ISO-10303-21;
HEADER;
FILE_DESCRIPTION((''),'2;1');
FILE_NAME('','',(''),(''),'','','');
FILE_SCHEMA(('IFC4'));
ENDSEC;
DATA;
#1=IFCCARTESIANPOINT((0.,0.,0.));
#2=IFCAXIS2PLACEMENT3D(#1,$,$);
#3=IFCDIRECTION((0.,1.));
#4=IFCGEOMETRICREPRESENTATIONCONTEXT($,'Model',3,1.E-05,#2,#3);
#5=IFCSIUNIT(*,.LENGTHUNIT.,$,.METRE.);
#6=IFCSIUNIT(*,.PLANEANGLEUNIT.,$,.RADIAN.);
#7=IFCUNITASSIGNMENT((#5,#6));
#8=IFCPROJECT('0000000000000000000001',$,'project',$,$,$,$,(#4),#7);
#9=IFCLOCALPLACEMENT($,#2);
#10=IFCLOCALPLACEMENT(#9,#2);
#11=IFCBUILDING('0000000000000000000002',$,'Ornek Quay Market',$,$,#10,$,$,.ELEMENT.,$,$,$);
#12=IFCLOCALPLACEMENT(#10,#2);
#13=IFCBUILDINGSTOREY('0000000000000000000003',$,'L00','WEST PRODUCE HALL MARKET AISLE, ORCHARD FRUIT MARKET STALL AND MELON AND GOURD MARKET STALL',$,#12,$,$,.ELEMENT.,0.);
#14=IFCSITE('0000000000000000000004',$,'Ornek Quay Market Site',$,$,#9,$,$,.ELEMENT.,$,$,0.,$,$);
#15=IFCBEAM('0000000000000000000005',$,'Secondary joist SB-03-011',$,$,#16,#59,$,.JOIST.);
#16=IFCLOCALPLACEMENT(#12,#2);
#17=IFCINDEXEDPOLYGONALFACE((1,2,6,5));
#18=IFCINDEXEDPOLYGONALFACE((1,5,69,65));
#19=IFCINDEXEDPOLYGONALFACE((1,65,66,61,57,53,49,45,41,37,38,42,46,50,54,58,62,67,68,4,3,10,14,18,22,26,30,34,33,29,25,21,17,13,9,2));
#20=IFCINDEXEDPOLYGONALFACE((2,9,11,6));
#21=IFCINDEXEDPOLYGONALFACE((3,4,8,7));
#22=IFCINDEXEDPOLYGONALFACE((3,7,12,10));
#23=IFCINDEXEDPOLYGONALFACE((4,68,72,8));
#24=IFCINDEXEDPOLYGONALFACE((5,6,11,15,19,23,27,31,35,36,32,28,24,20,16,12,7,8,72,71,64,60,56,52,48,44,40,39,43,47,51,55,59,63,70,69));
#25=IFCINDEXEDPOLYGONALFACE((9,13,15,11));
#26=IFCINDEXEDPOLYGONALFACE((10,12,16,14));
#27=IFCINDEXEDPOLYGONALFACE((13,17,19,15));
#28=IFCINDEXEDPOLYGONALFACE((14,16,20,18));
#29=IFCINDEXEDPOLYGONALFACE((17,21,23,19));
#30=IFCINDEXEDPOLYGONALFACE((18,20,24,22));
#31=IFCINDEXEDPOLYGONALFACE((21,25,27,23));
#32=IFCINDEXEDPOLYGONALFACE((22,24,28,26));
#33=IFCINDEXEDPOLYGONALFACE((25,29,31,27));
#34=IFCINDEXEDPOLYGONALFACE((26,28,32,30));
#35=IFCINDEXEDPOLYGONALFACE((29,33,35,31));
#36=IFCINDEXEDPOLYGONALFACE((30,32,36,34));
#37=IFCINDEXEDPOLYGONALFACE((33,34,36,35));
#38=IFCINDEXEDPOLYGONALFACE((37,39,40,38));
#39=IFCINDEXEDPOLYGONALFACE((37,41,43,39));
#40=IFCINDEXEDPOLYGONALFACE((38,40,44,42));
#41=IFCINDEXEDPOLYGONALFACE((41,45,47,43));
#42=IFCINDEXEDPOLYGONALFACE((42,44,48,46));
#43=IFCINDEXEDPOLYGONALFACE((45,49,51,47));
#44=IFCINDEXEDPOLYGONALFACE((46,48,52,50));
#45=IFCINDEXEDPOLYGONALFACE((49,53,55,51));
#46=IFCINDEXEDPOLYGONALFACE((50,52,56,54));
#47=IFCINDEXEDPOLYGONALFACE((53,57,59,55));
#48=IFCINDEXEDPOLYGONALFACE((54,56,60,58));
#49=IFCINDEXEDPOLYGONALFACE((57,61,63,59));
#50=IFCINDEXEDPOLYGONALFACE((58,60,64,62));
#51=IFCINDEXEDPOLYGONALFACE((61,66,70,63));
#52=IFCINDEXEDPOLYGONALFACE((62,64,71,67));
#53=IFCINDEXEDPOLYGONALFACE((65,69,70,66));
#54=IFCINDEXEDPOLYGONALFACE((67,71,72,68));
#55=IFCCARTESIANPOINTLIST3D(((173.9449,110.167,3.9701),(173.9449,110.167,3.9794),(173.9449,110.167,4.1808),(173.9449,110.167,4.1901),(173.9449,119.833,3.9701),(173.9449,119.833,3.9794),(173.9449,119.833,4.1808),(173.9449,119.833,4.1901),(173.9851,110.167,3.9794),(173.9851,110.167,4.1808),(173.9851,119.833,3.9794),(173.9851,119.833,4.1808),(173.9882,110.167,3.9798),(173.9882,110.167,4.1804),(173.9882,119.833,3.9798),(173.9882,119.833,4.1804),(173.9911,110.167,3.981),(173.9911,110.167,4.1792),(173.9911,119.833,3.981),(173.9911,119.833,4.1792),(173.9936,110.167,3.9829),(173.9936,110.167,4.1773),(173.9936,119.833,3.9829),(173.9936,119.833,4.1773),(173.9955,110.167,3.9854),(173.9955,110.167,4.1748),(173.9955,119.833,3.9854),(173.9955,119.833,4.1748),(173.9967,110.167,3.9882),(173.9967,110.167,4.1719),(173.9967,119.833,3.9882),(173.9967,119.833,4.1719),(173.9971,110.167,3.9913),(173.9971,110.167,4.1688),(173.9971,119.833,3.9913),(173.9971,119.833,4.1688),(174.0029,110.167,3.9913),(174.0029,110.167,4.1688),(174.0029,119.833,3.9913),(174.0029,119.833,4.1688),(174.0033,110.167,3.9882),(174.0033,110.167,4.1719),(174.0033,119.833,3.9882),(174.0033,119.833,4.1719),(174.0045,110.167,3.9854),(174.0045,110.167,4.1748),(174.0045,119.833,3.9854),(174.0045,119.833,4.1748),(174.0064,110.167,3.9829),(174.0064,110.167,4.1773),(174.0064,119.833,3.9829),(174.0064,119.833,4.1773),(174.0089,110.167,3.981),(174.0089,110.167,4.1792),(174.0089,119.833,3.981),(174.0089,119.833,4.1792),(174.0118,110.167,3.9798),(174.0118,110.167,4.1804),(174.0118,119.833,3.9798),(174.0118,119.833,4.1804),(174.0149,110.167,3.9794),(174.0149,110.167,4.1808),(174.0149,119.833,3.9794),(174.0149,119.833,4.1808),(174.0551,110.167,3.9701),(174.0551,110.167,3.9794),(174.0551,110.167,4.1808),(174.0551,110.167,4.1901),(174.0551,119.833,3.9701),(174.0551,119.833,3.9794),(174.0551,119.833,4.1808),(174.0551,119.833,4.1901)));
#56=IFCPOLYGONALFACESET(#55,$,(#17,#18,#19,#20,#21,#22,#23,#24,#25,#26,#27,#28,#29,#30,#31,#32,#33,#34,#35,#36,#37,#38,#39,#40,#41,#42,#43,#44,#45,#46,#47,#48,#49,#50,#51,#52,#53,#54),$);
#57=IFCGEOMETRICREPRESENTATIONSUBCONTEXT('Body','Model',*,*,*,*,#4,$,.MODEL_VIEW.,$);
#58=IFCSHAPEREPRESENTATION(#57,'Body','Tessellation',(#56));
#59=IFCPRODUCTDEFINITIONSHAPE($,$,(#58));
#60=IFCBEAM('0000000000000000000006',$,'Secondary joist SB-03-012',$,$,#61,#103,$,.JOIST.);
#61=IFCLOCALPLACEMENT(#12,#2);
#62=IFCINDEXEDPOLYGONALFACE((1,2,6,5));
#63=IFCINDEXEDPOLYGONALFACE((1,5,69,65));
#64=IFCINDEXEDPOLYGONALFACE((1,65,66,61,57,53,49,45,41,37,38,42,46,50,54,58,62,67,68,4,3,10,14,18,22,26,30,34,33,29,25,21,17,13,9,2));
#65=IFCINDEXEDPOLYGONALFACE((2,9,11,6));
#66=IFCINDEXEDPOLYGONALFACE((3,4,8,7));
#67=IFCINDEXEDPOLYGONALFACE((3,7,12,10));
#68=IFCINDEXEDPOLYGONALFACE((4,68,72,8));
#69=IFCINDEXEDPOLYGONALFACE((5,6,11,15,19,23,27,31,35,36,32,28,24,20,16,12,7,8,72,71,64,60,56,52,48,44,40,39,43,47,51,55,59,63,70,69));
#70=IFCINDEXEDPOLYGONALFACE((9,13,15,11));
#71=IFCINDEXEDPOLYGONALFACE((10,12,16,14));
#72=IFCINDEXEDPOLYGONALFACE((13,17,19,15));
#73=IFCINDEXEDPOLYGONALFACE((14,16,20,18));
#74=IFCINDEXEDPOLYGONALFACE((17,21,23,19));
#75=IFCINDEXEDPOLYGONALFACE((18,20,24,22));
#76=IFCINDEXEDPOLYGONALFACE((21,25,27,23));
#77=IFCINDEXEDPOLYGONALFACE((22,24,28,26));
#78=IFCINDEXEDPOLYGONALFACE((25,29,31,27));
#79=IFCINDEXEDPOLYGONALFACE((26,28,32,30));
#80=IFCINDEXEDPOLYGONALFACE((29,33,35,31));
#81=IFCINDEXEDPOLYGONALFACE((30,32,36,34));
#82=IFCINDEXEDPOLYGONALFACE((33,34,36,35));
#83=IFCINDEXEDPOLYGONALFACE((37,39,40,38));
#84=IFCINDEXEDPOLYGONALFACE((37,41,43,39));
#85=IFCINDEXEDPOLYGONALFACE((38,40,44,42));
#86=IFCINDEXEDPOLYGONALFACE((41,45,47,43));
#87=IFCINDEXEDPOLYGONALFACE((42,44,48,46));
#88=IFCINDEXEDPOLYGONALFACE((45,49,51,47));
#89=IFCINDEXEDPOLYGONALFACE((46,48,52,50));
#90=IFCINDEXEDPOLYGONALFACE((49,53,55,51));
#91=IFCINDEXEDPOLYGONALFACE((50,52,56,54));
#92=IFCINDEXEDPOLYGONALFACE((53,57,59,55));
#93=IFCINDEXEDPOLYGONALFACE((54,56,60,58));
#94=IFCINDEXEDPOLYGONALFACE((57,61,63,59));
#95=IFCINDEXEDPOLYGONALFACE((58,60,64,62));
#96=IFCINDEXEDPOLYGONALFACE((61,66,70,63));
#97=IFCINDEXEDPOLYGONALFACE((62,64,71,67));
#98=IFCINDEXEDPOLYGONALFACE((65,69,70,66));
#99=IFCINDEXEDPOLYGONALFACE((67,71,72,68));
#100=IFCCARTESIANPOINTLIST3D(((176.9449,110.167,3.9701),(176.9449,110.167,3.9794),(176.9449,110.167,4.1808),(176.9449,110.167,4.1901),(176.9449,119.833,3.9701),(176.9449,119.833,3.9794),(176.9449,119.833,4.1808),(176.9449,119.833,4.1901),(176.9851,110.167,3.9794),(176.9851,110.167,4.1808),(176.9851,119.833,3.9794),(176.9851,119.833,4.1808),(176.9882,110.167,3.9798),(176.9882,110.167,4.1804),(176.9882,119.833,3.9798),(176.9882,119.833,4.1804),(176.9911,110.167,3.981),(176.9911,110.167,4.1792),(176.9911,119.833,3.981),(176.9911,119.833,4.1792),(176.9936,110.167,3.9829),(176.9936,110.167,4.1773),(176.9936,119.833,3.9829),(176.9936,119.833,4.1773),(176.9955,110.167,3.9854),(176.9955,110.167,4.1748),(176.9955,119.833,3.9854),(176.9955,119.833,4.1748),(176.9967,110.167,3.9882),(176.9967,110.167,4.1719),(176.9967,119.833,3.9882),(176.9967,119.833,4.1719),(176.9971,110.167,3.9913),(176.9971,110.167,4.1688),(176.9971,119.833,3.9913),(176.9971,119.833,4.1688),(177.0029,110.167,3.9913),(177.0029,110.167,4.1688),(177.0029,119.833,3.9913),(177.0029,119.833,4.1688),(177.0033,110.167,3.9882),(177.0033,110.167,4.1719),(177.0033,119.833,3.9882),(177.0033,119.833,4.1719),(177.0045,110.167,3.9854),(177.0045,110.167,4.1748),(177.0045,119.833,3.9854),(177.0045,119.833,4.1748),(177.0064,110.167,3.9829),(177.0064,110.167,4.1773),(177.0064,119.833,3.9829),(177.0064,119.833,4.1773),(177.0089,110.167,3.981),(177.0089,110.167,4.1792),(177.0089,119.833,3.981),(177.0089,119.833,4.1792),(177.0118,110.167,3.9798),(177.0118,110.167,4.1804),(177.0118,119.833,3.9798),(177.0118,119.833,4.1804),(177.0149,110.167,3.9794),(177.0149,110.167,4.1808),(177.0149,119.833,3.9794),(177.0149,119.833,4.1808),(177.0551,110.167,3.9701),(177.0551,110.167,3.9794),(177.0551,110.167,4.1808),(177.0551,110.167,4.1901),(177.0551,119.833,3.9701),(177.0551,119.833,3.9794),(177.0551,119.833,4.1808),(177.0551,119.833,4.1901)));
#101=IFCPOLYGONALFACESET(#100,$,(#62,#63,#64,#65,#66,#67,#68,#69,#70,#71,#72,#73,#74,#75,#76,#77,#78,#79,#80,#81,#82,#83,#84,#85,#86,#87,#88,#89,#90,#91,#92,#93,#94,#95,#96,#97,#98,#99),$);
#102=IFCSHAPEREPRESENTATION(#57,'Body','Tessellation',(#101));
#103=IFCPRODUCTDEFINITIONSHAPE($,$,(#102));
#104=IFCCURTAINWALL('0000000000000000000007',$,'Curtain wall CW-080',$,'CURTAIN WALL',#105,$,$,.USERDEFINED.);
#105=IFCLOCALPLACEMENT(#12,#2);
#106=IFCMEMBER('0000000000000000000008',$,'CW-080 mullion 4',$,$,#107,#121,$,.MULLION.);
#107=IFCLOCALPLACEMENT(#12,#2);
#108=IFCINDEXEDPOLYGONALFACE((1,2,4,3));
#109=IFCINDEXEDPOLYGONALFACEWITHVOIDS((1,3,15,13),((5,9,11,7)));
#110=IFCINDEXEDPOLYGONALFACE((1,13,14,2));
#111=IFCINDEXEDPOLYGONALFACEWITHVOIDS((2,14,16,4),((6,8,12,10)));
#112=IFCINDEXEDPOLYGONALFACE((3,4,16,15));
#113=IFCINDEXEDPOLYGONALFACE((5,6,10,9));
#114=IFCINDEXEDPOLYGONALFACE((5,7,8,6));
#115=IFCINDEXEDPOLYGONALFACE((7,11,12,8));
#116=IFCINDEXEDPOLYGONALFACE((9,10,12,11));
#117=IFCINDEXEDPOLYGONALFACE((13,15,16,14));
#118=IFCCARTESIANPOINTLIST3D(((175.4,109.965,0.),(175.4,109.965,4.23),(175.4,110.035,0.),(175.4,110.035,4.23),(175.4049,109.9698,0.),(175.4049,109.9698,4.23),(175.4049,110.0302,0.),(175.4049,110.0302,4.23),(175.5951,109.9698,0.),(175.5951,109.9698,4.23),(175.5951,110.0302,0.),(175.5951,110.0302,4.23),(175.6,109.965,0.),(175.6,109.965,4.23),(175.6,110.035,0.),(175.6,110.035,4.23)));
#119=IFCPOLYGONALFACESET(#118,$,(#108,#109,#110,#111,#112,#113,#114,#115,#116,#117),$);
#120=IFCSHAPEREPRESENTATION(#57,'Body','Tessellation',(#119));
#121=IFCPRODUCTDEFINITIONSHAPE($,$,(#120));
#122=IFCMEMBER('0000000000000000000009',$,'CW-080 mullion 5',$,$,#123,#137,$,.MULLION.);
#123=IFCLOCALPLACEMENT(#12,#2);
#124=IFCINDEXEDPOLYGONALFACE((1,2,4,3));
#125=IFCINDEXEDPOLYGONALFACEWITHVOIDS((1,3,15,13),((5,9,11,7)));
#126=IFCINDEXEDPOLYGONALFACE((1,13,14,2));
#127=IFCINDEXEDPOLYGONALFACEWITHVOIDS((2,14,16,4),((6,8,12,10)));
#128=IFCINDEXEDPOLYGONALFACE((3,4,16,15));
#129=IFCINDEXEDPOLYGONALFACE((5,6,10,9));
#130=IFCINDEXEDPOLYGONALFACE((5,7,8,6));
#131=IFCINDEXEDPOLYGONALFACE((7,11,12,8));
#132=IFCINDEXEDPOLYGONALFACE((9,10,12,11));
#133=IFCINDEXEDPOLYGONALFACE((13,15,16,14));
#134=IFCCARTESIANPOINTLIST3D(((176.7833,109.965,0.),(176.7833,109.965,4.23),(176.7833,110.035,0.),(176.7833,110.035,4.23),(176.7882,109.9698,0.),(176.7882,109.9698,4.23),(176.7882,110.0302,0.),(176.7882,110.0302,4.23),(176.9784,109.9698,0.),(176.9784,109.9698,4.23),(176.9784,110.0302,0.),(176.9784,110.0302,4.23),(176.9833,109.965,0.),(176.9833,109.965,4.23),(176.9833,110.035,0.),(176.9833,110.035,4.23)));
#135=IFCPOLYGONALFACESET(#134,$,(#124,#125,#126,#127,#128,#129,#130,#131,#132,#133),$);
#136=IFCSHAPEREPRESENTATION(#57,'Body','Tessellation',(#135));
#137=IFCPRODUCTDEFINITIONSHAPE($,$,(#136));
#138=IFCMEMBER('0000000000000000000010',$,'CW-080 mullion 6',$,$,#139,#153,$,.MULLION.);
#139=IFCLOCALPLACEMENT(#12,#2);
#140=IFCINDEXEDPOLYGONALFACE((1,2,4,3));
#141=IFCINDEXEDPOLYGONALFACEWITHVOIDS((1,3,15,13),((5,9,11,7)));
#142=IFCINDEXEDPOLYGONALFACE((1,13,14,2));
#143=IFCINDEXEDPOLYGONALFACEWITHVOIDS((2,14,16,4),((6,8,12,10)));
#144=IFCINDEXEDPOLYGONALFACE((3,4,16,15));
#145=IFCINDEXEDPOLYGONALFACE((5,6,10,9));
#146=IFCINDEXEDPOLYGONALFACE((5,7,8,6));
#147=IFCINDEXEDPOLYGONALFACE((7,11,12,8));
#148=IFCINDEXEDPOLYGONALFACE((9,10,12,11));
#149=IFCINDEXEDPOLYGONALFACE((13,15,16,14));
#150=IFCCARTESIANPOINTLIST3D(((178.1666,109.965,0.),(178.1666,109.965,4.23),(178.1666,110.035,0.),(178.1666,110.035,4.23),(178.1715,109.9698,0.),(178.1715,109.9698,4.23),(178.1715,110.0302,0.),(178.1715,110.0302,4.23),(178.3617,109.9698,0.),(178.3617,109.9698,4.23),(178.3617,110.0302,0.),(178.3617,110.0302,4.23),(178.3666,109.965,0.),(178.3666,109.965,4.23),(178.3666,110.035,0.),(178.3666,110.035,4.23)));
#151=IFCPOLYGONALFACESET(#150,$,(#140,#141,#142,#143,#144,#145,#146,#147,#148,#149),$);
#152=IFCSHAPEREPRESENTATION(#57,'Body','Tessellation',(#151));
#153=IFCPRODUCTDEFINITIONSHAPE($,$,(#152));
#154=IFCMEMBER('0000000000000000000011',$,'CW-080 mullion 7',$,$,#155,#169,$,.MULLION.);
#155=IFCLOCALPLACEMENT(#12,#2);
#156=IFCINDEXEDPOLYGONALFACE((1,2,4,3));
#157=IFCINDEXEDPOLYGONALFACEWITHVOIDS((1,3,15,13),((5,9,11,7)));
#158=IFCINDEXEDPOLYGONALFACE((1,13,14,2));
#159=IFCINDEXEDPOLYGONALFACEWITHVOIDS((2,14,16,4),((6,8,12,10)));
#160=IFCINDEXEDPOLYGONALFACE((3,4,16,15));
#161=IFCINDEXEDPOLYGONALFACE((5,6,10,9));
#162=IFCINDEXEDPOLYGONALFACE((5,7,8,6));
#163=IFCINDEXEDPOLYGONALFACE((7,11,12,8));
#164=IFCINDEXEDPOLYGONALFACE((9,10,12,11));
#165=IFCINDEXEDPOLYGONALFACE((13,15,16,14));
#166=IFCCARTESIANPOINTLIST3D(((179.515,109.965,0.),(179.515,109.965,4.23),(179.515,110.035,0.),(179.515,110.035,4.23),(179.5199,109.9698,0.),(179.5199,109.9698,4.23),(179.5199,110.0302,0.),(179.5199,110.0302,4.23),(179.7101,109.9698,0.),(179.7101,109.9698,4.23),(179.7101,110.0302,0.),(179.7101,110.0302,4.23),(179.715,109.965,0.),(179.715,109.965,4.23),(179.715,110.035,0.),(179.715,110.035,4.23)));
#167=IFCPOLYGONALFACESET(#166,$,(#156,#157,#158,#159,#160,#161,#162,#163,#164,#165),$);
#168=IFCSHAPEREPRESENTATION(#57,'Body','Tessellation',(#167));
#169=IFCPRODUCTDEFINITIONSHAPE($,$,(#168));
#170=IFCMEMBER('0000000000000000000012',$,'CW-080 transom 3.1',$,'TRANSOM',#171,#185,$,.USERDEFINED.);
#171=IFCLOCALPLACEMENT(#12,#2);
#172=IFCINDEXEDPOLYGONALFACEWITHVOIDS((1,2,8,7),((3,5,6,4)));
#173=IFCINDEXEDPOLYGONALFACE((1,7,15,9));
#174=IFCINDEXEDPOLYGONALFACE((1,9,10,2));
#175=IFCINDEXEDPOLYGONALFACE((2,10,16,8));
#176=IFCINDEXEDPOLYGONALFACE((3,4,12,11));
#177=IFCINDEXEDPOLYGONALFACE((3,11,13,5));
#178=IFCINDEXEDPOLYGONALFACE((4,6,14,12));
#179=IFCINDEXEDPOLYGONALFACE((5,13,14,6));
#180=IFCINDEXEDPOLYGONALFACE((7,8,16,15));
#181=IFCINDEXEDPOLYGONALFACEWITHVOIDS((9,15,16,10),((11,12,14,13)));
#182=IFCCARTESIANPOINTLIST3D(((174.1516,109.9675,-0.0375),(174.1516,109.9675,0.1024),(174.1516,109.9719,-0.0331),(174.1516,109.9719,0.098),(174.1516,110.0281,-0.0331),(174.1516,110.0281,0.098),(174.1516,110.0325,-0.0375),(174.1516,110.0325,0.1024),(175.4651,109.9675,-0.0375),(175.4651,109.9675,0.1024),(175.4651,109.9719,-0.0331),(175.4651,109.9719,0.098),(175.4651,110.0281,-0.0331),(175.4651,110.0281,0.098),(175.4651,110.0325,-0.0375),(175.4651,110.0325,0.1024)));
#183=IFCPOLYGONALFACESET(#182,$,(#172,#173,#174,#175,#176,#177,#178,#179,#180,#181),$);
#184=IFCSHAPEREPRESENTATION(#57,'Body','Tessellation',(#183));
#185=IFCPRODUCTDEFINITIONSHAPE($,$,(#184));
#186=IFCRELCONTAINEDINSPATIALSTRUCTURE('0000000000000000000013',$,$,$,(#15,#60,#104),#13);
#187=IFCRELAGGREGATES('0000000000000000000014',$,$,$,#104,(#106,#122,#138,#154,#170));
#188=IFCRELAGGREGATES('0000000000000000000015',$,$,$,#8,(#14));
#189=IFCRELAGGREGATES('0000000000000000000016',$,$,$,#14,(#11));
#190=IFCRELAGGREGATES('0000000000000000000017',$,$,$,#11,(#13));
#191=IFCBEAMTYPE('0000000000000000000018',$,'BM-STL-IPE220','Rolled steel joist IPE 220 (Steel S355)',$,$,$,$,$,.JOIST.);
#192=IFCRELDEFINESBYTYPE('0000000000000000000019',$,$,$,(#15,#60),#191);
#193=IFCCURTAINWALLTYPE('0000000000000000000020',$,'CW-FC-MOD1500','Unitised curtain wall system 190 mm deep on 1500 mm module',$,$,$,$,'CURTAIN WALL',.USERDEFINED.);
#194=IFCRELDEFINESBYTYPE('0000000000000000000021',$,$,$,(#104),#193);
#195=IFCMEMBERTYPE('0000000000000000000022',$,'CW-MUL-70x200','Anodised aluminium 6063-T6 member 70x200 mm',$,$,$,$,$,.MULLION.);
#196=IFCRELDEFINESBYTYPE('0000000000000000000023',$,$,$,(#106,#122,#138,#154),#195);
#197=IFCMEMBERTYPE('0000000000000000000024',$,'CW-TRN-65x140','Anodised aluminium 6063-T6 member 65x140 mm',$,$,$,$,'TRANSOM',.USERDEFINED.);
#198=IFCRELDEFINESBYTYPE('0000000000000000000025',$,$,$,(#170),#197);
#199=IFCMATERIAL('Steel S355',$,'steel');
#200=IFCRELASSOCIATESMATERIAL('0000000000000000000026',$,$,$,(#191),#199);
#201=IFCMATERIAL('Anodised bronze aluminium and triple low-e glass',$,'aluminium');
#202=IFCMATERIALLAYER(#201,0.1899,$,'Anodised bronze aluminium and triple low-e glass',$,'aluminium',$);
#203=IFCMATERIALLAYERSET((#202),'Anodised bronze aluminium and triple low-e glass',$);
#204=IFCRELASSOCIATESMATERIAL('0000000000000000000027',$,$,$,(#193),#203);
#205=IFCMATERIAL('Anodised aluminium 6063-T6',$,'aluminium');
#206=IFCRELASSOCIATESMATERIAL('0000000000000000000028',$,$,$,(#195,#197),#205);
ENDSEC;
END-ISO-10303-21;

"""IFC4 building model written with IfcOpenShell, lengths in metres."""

from ifc_helpers import new_model, si_unit, direction, frame, origin, origin_2d, place, context, subcontext, project, spatial, hollow_rectangle, i_section, extrude, material, layer, layer_set, material_profile, profile_set, type_object, element, aggregate, save


model = new_model("IFC4")

# Units and contexts
model_context = context("Model", 3, precision=1e-05, world=origin(), true_north=direction((0.0, 1.0)))
body_context = subcontext(model_context, "Body", "Model", "MODEL_VIEW")
ifc_project = project(units=[si_unit("LENGTHUNIT", "METRE"), si_unit("PLANEANGLEUNIT", "RADIAN")], contexts=[model_context])

# Site, building, storey
site_placement = place(None, origin())
site = spatial("IfcSite", under=ifc_project, at=site_placement, Name="Ornek Quay Market Site", CompositionType="ELEMENT", RefElevation=0.0)
building_placement = place(site_placement, origin())
building = spatial("IfcBuilding", under=site, at=building_placement, Name="Ornek Quay Market", CompositionType="ELEMENT")
storey_placement = place(building_placement, origin())
storey = spatial("IfcBuildingStorey", under=building, at=storey_placement, Name="L00", Description="WEST PRODUCE HALL MARKET AISLE, ORCHARD FRUIT MARKET STALL AND MELON AND GOURD MARKET STALL", CompositionType="ELEMENT", Elevation=0.0)

# Beams
ifc_material_1 = material(Name="Steel S355", Category="steel")
ifc_material_profile_1 = material_profile(ifc_material_1, i_section(OverallWidth=0.1101, OverallDepth=0.22, WebThickness=0.0059, FlangeThickness=0.0093, FilletRadius=0.012, at=origin_2d()), Name="IPE 220", Category="steel")
ifc_profile_set_1 = profile_set([ifc_material_profile_1], Name="Steel S355")
beam_type_1 = type_object("IfcBeamType", Name="BM-STL-IPE220", Description="Rolled steel joist IPE 220 (Steel S355)", PredefinedType="JOIST", material=ifc_profile_set_1)
for number, where, z_axis, x_axis, name in (
    (1, (174.0, 110.167, 4.0801), (0.0, 1.0, 0.0), (-1.0, 0.0, 0.0), "Secondary joist SB-03-011"),
    (2, (177.0, 110.167, 4.0801), (0.0, 1.0, 0.0), (-1.0, 0.0, 0.0), "Secondary joist SB-03-012"),
):
    element("IfcBeam", number, at=place(storey_placement, frame(where, z_axis=z_axis, x_axis=x_axis)), inside=storey, type_object=beam_type_1, Name=name, PredefinedType="JOIST", context=body_context, shape_type="SweptSolid", body=[
        extrude(i_section(OverallWidth=0.1101, OverallDepth=0.22, WebThickness=0.0059, FlangeThickness=0.0093, FilletRadius=0.012, at=origin_2d()), origin(), (0.0, 0.0, 1.0), 9.666),
    ])

# Curtain wall, members
ifc_material_2 = material(Name="Anodised bronze aluminium and triple low-e glass", Category="aluminium")
ifc_layer_1 = layer(ifc_material_2, 0.1899, Name="Anodised bronze aluminium and triple low-e glass", Category="aluminium")
ifc_layer_set_1 = layer_set([ifc_layer_1], Name="Anodised bronze aluminium and triple low-e glass")
curtain_wall_type = type_object("IfcCurtainWallType", Name="CW-FC-MOD1500", Description="Unitised curtain wall system 190 mm deep on 1500 mm module", ElementType="CURTAIN WALL", PredefinedType="USERDEFINED", material=ifc_layer_set_1)
curtain_wall_placement = place(storey_placement, origin())
curtain_wall = element("IfcCurtainWall", 3, at=curtain_wall_placement, inside=storey, type_object=curtain_wall_type, Name="Curtain wall CW-080", ObjectType="CURTAIN WALL", PredefinedType="USERDEFINED")
ifc_material_3 = material(Name="Anodised aluminium 6063-T6", Category="aluminium")
ifc_material_profile_2 = material_profile(ifc_material_3, hollow_rectangle(XDim=0.0701, YDim=0.2, WallThickness=0.0049, at=origin_2d()), Name="CW-MUL-70x200", Category="aluminium")
ifc_profile_set_2 = profile_set([ifc_material_profile_2], Name="Anodised aluminium 6063-T6")
member_type_1 = type_object("IfcMemberType", Name="CW-MUL-70x200", Description="Anodised aluminium 6063-T6 member 70x200 mm", PredefinedType="MULLION", material=ifc_profile_set_2)
member_1_placement = place(storey_placement, frame((175.5, 110.0, 0.0), z_axis=(0.0, 0.0, 1.0), x_axis=(0.0, 1.0, 0.0)))
member_1 = element("IfcMember", 4, at=member_1_placement, type_object=member_type_1, Name="CW-080 mullion 4", PredefinedType="MULLION", context=body_context, shape_type="SweptSolid", body=[
    extrude(hollow_rectangle(XDim=0.0701, YDim=0.2, WallThickness=0.0049, at=origin_2d()), origin(), (0.0, 0.0, 1.0), 4.23),
])
member_2_placement = place(storey_placement, frame((176.8833, 110.0, 0.0), z_axis=(0.0, 0.0, 1.0), x_axis=(0.0, 1.0, 0.0)))
member_2 = element("IfcMember", 5, at=member_2_placement, type_object=member_type_1, Name="CW-080 mullion 5", PredefinedType="MULLION", context=body_context, shape_type="SweptSolid", body=[
    extrude(hollow_rectangle(XDim=0.0701, YDim=0.2, WallThickness=0.0049, at=origin_2d()), origin(), (0.0, 0.0, 1.0), 4.23),
])
member_3_placement = place(storey_placement, frame((178.2666, 110.0, 0.0), z_axis=(0.0, 0.0, 1.0), x_axis=(0.0, 1.0, 0.0)))
member_3 = element("IfcMember", 6, at=member_3_placement, type_object=member_type_1, Name="CW-080 mullion 6", PredefinedType="MULLION", context=body_context, shape_type="SweptSolid", body=[
    extrude(hollow_rectangle(XDim=0.0701, YDim=0.2, WallThickness=0.0049, at=origin_2d()), origin(), (0.0, 0.0, 1.0), 4.23),
])
member_4_placement = place(storey_placement, frame((179.615, 110.0, 0.0), z_axis=(0.0, 0.0, 1.0), x_axis=(0.0, 1.0, 0.0)))
member_4 = element("IfcMember", 7, at=member_4_placement, type_object=member_type_1, Name="CW-080 mullion 7", PredefinedType="MULLION", context=body_context, shape_type="SweptSolid", body=[
    extrude(hollow_rectangle(XDim=0.0701, YDim=0.2, WallThickness=0.0049, at=origin_2d()), origin(), (0.0, 0.0, 1.0), 4.23),
])
ifc_material_profile_3 = material_profile(ifc_material_3, hollow_rectangle(XDim=0.0649, YDim=0.1399, WallThickness=0.0044, at=origin_2d()), Name="CW-TRN-65x140", Category="aluminium")
ifc_profile_set_3 = profile_set([ifc_material_profile_3], Name="Anodised aluminium 6063-T6")
member_type_2 = type_object("IfcMemberType", Name="CW-TRN-65x140", Description="Anodised aluminium 6063-T6 member 65x140 mm", ElementType="TRANSOM", PredefinedType="USERDEFINED", material=ifc_profile_set_3)
member_5_placement = place(storey_placement, frame((174.1516, 110.0, 0.0325), z_axis=(1.0, 0.0, 0.0), x_axis=(0.0, 1.0, 0.0)))
member_5 = element("IfcMember", 8, at=member_5_placement, type_object=member_type_2, Name="CW-080 transom 3.1", ObjectType="TRANSOM", PredefinedType="USERDEFINED", context=body_context, shape_type="SweptSolid", body=[
    extrude(hollow_rectangle(XDim=0.0649, YDim=0.1399, WallThickness=0.0044, at=origin_2d()), origin(), (0.0, 0.0, 1.0), 1.3135),
])
aggregate(curtain_wall, [member_1, member_2, member_3, member_4, member_5])

save(model, "model.ifc")
